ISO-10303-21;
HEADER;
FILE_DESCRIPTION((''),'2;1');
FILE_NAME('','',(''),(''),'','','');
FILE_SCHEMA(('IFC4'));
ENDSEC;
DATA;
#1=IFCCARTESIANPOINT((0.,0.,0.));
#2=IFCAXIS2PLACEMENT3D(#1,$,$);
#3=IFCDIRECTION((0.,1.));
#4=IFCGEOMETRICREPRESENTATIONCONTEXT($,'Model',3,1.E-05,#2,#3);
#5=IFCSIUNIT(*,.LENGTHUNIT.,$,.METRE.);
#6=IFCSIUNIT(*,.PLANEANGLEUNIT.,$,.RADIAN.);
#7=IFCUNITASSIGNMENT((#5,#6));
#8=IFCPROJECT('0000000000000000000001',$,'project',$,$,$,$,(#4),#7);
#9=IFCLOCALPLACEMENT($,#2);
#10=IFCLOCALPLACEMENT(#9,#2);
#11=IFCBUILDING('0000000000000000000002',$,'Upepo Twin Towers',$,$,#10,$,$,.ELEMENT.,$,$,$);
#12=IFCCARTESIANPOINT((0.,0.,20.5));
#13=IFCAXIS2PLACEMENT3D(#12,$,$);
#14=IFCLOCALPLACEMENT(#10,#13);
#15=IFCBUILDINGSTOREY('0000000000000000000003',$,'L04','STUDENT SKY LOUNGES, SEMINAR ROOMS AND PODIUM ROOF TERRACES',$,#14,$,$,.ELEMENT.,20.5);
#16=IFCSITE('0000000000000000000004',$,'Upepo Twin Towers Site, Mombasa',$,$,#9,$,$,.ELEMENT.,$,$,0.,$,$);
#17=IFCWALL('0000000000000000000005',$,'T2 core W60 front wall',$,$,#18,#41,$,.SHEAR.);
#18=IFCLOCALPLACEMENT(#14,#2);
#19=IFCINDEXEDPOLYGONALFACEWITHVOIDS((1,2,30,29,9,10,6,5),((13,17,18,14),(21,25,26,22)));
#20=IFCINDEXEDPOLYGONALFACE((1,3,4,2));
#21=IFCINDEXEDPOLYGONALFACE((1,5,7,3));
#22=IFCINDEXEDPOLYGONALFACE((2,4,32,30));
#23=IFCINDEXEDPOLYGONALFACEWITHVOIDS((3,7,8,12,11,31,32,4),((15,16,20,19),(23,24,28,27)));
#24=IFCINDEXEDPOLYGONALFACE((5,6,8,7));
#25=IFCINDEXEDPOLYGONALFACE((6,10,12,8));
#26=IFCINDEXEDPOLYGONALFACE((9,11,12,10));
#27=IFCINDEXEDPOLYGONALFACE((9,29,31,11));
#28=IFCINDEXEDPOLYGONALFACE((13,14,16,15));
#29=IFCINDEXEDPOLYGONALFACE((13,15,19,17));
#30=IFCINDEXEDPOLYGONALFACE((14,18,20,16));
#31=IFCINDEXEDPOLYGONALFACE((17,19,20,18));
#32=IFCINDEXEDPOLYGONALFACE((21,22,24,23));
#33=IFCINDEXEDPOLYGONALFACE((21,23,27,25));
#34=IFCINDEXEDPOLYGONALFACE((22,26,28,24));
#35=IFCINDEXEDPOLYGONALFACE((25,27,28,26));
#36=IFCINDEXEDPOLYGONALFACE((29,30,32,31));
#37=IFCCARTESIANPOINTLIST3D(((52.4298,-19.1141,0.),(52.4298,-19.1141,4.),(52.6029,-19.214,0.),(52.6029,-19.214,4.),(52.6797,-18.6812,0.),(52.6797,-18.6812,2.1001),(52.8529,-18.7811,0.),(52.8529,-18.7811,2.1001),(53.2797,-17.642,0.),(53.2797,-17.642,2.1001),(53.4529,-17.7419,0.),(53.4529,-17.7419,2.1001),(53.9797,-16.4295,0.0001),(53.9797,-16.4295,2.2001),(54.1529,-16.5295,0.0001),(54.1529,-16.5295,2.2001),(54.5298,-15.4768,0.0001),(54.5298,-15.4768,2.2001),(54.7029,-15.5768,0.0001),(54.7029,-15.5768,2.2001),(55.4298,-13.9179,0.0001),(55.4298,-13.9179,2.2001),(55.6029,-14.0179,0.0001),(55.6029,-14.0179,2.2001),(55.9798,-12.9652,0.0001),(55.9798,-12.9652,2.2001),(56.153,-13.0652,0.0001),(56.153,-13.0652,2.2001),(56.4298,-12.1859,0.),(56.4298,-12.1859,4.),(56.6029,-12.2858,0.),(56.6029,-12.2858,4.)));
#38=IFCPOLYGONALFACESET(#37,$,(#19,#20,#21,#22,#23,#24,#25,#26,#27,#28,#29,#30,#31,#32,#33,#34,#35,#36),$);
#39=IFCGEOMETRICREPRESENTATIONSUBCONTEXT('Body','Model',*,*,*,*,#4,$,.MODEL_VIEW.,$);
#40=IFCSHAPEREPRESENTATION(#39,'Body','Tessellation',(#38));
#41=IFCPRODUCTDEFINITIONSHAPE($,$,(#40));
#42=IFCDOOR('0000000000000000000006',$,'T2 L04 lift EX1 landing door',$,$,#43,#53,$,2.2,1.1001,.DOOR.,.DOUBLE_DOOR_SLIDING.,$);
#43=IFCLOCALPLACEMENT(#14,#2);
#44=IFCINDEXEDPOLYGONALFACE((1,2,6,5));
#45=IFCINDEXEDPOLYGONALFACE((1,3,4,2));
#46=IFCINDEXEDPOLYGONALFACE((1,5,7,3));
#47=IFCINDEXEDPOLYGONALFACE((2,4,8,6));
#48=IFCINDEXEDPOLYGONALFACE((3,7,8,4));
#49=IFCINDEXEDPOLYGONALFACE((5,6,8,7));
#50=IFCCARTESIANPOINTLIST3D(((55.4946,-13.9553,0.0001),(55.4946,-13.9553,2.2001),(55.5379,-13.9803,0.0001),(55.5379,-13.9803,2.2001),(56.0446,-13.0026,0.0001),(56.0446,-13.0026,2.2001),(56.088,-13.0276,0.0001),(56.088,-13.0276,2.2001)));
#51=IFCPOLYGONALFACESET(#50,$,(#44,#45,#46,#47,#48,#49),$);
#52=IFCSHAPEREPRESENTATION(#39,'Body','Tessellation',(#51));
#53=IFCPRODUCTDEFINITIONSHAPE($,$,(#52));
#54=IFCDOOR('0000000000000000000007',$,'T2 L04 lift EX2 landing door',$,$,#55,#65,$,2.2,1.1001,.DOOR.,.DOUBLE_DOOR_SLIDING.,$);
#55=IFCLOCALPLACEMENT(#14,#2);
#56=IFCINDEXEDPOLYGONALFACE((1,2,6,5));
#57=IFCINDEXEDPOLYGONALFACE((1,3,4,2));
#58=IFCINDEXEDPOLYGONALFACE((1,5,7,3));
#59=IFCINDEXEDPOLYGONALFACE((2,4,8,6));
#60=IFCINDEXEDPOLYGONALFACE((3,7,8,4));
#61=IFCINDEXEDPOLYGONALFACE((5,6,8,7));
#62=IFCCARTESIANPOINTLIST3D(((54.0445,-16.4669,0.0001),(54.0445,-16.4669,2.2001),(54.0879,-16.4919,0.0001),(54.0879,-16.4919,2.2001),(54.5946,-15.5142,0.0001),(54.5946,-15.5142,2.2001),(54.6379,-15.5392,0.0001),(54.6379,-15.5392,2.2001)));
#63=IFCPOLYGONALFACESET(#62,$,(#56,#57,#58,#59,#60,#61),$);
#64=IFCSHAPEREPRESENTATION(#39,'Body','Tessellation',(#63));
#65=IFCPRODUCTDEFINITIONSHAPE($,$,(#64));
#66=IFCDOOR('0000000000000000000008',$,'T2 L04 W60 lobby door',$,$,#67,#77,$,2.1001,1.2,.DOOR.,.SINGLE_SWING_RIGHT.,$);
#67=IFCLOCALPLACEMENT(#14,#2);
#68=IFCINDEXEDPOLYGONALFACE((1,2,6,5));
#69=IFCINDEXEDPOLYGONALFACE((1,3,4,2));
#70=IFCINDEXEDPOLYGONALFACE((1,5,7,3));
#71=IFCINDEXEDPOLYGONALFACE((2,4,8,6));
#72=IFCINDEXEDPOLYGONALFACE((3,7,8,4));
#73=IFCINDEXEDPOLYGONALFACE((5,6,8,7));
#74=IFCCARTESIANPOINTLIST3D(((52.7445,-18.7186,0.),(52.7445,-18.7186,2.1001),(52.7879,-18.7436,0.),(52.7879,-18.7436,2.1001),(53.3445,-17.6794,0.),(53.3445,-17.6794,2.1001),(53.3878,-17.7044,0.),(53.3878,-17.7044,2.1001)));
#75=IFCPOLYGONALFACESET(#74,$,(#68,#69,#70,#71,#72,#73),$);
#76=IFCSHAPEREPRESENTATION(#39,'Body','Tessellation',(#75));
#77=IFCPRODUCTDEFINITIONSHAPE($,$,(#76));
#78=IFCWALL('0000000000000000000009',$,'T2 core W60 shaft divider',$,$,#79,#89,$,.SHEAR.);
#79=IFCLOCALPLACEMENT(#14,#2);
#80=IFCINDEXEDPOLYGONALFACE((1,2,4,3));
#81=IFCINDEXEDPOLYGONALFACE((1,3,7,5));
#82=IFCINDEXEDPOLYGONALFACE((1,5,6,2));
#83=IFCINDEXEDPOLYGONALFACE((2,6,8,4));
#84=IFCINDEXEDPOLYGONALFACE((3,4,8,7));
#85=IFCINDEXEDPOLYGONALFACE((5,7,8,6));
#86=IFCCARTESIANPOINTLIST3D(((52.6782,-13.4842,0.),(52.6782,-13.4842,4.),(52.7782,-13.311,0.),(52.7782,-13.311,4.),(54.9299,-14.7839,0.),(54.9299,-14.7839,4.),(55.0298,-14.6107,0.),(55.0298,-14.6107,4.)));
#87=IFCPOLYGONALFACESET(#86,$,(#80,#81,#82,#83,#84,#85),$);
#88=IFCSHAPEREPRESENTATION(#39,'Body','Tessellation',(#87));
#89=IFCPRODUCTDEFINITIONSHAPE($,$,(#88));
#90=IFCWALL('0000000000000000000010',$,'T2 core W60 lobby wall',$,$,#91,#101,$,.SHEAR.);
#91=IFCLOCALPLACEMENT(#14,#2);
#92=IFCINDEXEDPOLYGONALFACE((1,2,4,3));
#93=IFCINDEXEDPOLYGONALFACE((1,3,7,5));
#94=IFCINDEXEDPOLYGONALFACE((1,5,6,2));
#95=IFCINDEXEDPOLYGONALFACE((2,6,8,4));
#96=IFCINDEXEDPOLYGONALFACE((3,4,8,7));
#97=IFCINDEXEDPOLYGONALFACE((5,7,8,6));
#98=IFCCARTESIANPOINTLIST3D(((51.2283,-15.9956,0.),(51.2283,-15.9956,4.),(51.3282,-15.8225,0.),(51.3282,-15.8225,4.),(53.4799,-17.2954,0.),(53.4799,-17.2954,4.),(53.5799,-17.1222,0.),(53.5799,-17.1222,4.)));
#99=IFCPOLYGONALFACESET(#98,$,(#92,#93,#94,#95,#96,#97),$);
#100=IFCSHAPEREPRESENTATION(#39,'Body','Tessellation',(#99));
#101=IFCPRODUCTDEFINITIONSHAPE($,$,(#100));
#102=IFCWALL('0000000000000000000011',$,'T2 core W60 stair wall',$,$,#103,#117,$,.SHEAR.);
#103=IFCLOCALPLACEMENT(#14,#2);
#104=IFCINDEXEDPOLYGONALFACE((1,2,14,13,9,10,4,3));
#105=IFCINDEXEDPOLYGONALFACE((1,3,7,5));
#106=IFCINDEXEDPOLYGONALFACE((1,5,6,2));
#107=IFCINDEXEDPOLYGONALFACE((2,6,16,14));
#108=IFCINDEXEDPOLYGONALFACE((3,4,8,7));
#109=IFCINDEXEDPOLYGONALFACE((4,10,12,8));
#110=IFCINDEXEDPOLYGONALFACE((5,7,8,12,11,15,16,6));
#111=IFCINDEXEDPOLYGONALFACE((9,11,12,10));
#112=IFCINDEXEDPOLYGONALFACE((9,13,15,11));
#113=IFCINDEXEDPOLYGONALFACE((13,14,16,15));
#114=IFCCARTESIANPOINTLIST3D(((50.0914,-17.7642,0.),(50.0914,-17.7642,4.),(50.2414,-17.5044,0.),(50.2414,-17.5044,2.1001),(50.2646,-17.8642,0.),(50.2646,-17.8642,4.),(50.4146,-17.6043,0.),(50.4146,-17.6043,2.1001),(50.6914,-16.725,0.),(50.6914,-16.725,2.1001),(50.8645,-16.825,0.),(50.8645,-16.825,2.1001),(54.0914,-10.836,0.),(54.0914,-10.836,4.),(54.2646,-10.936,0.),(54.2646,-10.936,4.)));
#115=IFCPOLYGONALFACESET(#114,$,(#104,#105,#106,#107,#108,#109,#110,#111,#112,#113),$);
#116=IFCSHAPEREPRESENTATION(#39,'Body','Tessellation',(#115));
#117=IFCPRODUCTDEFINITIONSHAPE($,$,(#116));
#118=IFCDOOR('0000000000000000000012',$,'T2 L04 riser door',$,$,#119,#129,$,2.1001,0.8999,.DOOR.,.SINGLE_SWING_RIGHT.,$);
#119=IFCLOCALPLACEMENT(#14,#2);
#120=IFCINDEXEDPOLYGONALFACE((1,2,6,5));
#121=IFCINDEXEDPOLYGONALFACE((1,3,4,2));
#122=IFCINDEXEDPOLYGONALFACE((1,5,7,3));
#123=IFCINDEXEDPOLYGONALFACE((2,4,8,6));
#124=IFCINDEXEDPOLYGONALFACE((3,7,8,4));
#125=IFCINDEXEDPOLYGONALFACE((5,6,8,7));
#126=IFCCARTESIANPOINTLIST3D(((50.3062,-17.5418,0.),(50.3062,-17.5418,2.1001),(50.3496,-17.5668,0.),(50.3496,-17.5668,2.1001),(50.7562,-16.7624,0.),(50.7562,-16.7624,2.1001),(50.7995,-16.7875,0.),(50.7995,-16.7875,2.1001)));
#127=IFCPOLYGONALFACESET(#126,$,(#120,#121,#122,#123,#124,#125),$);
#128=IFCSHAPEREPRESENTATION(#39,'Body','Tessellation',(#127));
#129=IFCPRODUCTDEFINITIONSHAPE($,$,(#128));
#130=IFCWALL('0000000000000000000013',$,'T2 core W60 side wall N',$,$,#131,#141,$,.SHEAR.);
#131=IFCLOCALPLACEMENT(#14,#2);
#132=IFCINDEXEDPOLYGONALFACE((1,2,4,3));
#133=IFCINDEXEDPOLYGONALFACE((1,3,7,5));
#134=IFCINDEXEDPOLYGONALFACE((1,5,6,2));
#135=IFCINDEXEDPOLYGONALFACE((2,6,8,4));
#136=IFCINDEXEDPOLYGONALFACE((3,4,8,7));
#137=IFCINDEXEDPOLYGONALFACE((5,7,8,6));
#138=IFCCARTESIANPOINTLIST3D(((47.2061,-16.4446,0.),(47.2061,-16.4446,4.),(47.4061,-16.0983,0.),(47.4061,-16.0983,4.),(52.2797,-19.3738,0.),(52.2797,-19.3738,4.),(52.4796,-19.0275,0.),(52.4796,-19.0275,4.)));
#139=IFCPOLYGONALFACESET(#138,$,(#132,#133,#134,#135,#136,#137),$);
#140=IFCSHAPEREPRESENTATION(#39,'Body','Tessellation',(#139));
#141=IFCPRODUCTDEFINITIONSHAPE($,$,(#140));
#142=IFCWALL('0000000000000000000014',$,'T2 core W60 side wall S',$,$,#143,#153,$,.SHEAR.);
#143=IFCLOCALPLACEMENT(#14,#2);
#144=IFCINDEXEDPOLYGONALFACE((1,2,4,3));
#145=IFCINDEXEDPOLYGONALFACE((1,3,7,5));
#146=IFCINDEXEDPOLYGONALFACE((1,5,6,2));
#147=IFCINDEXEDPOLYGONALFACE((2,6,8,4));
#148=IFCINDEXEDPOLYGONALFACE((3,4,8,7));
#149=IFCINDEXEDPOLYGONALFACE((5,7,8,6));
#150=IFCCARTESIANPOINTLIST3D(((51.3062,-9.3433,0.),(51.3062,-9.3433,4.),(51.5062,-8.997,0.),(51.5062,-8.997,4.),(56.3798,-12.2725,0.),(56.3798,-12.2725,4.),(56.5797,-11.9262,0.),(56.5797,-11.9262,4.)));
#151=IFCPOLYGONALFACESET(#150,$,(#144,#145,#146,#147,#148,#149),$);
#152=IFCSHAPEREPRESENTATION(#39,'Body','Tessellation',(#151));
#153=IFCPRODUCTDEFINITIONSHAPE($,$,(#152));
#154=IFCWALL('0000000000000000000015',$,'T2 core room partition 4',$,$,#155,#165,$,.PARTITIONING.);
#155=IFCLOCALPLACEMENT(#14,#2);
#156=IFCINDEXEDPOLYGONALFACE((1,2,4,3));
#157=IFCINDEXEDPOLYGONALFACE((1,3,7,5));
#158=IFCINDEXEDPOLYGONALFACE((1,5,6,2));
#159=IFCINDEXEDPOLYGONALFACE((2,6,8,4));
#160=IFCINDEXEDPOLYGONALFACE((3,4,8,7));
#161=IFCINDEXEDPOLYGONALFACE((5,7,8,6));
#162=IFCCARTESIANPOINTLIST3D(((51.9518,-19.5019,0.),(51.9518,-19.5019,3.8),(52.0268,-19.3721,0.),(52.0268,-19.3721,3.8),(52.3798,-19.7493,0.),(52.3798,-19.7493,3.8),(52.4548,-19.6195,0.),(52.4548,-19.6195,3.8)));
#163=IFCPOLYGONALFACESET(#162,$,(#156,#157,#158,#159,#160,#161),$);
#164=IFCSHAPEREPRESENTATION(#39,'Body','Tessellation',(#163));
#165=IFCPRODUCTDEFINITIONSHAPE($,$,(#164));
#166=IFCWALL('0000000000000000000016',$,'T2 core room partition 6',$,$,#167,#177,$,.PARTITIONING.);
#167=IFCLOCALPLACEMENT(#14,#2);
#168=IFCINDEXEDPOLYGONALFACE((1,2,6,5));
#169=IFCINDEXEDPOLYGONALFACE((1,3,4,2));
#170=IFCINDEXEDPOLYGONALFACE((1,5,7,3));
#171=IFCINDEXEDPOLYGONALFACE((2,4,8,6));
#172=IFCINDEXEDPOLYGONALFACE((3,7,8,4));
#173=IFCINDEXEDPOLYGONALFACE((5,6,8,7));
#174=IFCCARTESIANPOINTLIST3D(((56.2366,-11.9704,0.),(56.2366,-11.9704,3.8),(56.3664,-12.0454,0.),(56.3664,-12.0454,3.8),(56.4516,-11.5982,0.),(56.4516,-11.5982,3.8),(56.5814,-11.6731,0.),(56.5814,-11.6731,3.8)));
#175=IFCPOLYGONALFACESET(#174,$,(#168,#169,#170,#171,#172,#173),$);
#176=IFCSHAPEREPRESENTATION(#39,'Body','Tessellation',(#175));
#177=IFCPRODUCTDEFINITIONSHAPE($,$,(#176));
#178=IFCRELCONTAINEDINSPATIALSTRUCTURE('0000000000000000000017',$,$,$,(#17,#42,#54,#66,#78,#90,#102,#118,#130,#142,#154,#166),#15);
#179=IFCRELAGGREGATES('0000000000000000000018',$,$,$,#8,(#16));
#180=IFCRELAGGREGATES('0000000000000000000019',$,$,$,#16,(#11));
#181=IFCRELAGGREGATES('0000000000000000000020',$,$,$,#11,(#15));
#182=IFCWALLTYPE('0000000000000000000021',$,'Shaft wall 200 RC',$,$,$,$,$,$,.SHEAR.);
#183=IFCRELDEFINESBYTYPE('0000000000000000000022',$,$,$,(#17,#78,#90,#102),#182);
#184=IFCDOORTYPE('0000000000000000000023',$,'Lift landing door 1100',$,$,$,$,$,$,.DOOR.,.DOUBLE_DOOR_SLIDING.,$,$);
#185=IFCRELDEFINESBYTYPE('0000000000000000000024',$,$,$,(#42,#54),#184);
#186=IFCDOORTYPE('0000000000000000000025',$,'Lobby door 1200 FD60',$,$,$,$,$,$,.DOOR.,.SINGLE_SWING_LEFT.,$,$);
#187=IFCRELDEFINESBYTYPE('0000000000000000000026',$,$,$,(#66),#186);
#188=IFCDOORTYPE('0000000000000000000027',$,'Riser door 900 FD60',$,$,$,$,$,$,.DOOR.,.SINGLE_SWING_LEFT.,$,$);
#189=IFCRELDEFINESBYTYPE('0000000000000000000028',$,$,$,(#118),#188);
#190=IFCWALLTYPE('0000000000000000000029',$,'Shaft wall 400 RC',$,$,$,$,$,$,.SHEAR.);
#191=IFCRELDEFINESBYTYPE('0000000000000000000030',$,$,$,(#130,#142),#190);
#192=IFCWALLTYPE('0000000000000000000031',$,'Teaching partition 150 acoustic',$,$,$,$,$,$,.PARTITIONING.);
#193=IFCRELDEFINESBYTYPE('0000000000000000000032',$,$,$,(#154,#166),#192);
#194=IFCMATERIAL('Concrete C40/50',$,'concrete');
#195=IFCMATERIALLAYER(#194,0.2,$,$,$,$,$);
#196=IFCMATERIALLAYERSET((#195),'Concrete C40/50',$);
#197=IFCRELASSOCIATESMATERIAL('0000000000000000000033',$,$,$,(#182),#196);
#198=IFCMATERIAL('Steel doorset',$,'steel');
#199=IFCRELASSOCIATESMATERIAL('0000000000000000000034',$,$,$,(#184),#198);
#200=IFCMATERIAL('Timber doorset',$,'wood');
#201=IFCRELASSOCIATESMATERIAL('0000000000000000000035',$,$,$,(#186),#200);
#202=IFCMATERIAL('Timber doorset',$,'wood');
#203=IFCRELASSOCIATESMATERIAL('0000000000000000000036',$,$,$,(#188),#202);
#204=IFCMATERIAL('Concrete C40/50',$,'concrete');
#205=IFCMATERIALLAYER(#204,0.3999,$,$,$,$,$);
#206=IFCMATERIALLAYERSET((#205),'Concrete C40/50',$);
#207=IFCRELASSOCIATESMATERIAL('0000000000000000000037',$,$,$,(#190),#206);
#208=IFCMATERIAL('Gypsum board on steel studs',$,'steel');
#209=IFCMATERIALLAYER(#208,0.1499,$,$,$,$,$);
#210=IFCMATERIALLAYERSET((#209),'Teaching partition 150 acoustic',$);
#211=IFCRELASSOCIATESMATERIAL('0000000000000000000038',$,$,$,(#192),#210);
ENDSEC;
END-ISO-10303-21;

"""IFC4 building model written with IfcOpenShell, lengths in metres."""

from ifc_helpers import new_model, si_unit, direction, frame, frame_2d, origin, place, context, subcontext, project, spatial, rectangle, extrude, material, layer, layer_set, type_object, element, fill, save


model = new_model("IFC4")

# Units and contexts
model_context = context("Model", 3, precision=1e-05, world=origin(), true_north=direction((0.0, 1.0)))
body_context = subcontext(model_context, "Body", "Model", "MODEL_VIEW")
ifc_project = project(units=[si_unit("LENGTHUNIT", "METRE"), si_unit("PLANEANGLEUNIT", "RADIAN")], contexts=[model_context])

# Site, building, storey
site_placement = place(None, origin())
site = spatial("IfcSite", under=ifc_project, at=site_placement, Name="Upepo Twin Towers Site, Mombasa", CompositionType="ELEMENT", RefElevation=0.0)
building_placement = place(site_placement, origin())
building = spatial("IfcBuilding", under=site, at=building_placement, Name="Upepo Twin Towers", CompositionType="ELEMENT")
storey_placement = place(building_placement, frame((0.0, 0.0, 20.5)))
storey = spatial("IfcBuildingStorey", under=building, at=storey_placement, Name="L04", Description="STUDENT SKY LOUNGES, SEMINAR ROOMS AND PODIUM ROOF TERRACES", CompositionType="ELEMENT", Elevation=20.5)

# Wall, openings, doors
ifc_material_1 = material(Name="Concrete C40/50", Category="concrete")
ifc_layer_1 = layer(ifc_material_1, 0.2)
ifc_layer_set_1 = layer_set([ifc_layer_1], Name="Concrete C40/50")
wall_type_1 = type_object("IfcWallType", Name="Shaft wall 200 RC", PredefinedType="SHEAR", material=ifc_layer_set_1)
wall_1_placement = place(storey_placement, frame((56.5164, -12.2358, 0.0), z_axis=(0.0, 0.0, 1.0), x_axis=(-0.499999, -0.866026, 0.0)))
wall_1 = element("IfcWall", 1, at=wall_1_placement, inside=storey, type_object=wall_type_1, Name="T2 core W60 front wall", PredefinedType="SHEAR", context=body_context, shape_type="SweptSolid", body=[
    extrude(rectangle(XDim=8.0, YDim=0.2, at=frame_2d((4.0, 0.0))), origin(), (0.0, 0.0, 1.0), 4.0),
])
opening_1_placement = place(wall_1_placement, frame((6.3, 0.0, 0.0)))
opening_1 = element("IfcOpeningElement", 2, at=opening_1_placement, cuts=wall_1, PredefinedType="OPENING", context=body_context, shape_type="SweptSolid", body=[
    extrude(rectangle(XDim=1.2, YDim=2.1001, at=frame_2d((0.6001, 1.05))), frame((0.0, 0.1099, 0.0), z_axis=(0.0, -1.0, 0.0), x_axis=(1.0, 0.0, 0.0)), (0.0, 0.0, 1.0), 0.22),
])
opening_2_placement = place(wall_1_placement, frame((0.8999, 0.0, 0.0)))
opening_2 = element("IfcOpeningElement", 3, at=opening_2_placement, cuts=wall_1, PredefinedType="OPENING", context=body_context, shape_type="SweptSolid", body=[
    extrude(rectangle(XDim=1.1001, YDim=2.2, at=frame_2d((0.55, 1.1001))), frame((0.0, 0.1099, 0.0), z_axis=(0.0, -1.0, 0.0), x_axis=(1.0, 0.0, 0.0)), (0.0, 0.0, 1.0), 0.22),
])
opening_3_placement = place(wall_1_placement, frame((3.8, 0.0, 0.0)))
opening_3 = element("IfcOpeningElement", 4, at=opening_3_placement, cuts=wall_1, PredefinedType="OPENING", context=body_context, shape_type="SweptSolid", body=[
    extrude(rectangle(XDim=1.1001, YDim=2.2, at=frame_2d((0.55, 1.1001))), frame((0.0, 0.1099, 0.0), z_axis=(0.0, -1.0, 0.0), x_axis=(1.0, 0.0, 0.0)), (0.0, 0.0, 1.0), 0.22),
])
ifc_material_2 = material(Name="Steel doorset", Category="steel")
door_type_1 = type_object("IfcDoorType", Name="Lift landing door 1100", OperationType="DOUBLE_DOOR_SLIDING", PredefinedType="DOOR", material=ifc_material_2)
door_1_placement = place(opening_2_placement, origin())
door_1 = element("IfcDoor", 5, at=door_1_placement, inside=storey, type_object=door_type_1, Name="T2 L04 lift EX1 landing door", OperationType="DOUBLE_DOOR_SLIDING", OverallHeight=2.2, OverallWidth=1.1001, PredefinedType="DOOR", context=body_context, shape_type="SweptSolid", body=[
    extrude(rectangle(XDim=1.1001, YDim=2.2, at=frame_2d((0.55, 1.1001))), frame((0.0, 0.0249, 0.0), z_axis=(0.0, -1.0, 0.0), x_axis=(1.0, 0.0, 0.0)), (0.0, 0.0, 1.0), 0.05),
])
fill(opening_2, door_1)
door_2_placement = place(opening_3_placement, origin())
door_2 = element("IfcDoor", 6, at=door_2_placement, inside=storey, type_object=door_type_1, Name="T2 L04 lift EX2 landing door", OperationType="DOUBLE_DOOR_SLIDING", OverallHeight=2.2, OverallWidth=1.1001, PredefinedType="DOOR", context=body_context, shape_type="SweptSolid", body=[
    extrude(rectangle(XDim=1.1001, YDim=2.2, at=frame_2d((0.55, 1.1001))), frame((0.0, 0.0249, 0.0), z_axis=(0.0, -1.0, 0.0), x_axis=(1.0, 0.0, 0.0)), (0.0, 0.0, 1.0), 0.05),
])
fill(opening_3, door_2)
ifc_material_3 = material(Name="Timber doorset", Category="wood")
door_type_2 = type_object("IfcDoorType", Name="Lobby door 1200 FD60", OperationType="SINGLE_SWING_LEFT", PredefinedType="DOOR", material=ifc_material_3)
door_3_placement = place(opening_1_placement, origin())
door_3 = element("IfcDoor", 7, at=door_3_placement, inside=storey, type_object=door_type_2, Name="T2 L04 W60 lobby door", OperationType="SINGLE_SWING_RIGHT", OverallHeight=2.1001, OverallWidth=1.2, PredefinedType="DOOR", context=body_context, shape_type="SweptSolid", body=[
    extrude(rectangle(XDim=1.2, YDim=2.1001, at=frame_2d((0.6001, 1.05))), frame((0.0, 0.0249, 0.0), z_axis=(0.0, -1.0, 0.0), x_axis=(1.0, 0.0, 0.0)), (0.0, 0.0, 1.0), 0.05),
])
fill(opening_1, door_3)

# Walls
for number, where, z_axis, x_axis, name in (
    (8, (54.9797, -14.6973, 0.0), (0.0, 0.0, 1.0), (-0.866062, 0.499937, 0.0), "T2 core W60 shaft divider"),
    (9, (53.5298, -17.2087, 0.0), (0.0, 0.0, 1.0), (-0.866062, 0.499937, 0.0), "T2 core W60 lobby wall"),
):
    element("IfcWall", number, at=place(storey_placement, frame(where, z_axis=z_axis, x_axis=x_axis)), inside=storey, type_object=wall_type_1, Name=name, PredefinedType="SHEAR", context=body_context, shape_type="SweptSolid", body=[
        extrude(rectangle(XDim=2.5999, YDim=0.2, at=frame_2d((1.2998, 0.0))), origin(), (0.0, 0.0, 1.0), 4.0),
    ])

# Wall, opening, door
wall_2_placement = place(storey_placement, frame((54.178, -10.886, 0.0), z_axis=(0.0, 0.0, 1.0), x_axis=(-0.499999, -0.866026, 0.0)))
wall_2 = element("IfcWall", 10, at=wall_2_placement, inside=storey, type_object=wall_type_1, Name="T2 core W60 stair wall", PredefinedType="SHEAR", context=body_context, shape_type="SweptSolid", body=[
    extrude(rectangle(XDim=8.0, YDim=0.2, at=frame_2d((4.0, 0.0))), origin(), (0.0, 0.0, 1.0), 4.0),
])
opening_4_placement = place(wall_2_placement, frame((6.8, 0.0, 0.0)))
opening_4 = element("IfcOpeningElement", 11, at=opening_4_placement, cuts=wall_2, PredefinedType="OPENING", context=body_context, shape_type="SweptSolid", body=[
    extrude(rectangle(XDim=0.8999, YDim=2.1001, at=frame_2d((0.45, 1.05))), frame((0.0, 0.1099, 0.0), z_axis=(0.0, -1.0, 0.0), x_axis=(1.0, 0.0, 0.0)), (0.0, 0.0, 1.0), 0.22),
])
ifc_material_4 = material(Name="Timber doorset", Category="wood")
door_type_3 = type_object("IfcDoorType", Name="Riser door 900 FD60", OperationType="SINGLE_SWING_LEFT", PredefinedType="DOOR", material=ifc_material_4)
door_4_placement = place(opening_4_placement, origin())
door_4 = element("IfcDoor", 12, at=door_4_placement, inside=storey, type_object=door_type_3, Name="T2 L04 riser door", OperationType="SINGLE_SWING_RIGHT", OverallHeight=2.1001, OverallWidth=0.8999, PredefinedType="DOOR", context=body_context, shape_type="SweptSolid", body=[
    extrude(rectangle(XDim=0.8999, YDim=2.1001, at=frame_2d((0.45, 1.05))), frame((0.0, 0.0249, 0.0), z_axis=(0.0, -1.0, 0.0), x_axis=(1.0, 0.0, 0.0)), (0.0, 0.0, 1.0), 0.05),
])
fill(opening_4, door_4)

# Walls
ifc_material_5 = material(Name="Concrete C40/50", Category="concrete")
ifc_layer_2 = layer(ifc_material_5, 0.3999)
ifc_layer_set_2 = layer_set([ifc_layer_2], Name="Concrete C40/50")
wall_type_2 = type_object("IfcWallType", Name="Shaft wall 400 RC", PredefinedType="SHEAR", material=ifc_layer_set_2)
for number, where, z_axis, x_axis, name in (
    (13, (52.3796, -19.2007, 0.0), (0.0, 0.0, 1.0), (-0.866024, 0.500003, 0.0), "T2 core W60 side wall N"),
    (14, (56.4797, -12.0994, 0.0), (0.0, 0.0, 1.0), (-0.866024, 0.500003, 0.0), "T2 core W60 side wall S"),
):
    element("IfcWall", number, at=place(storey_placement, frame(where, z_axis=z_axis, x_axis=x_axis)), inside=storey, type_object=wall_type_2, Name=name, PredefinedType="SHEAR", context=body_context, shape_type="SweptSolid", body=[
        extrude(rectangle(XDim=5.8584, YDim=0.3999, at=frame_2d((2.9292, 0.0))), origin(), (0.0, 0.0, 1.0), 4.0),
    ])
ifc_material_6 = material(Name="Gypsum board on steel studs", Category="steel")
ifc_layer_3 = layer(ifc_material_6, 0.1499)
ifc_layer_set_3 = layer_set([ifc_layer_3], Name="Teaching partition 150 acoustic")
wall_type_3 = type_object("IfcWallType", Name="Teaching partition 150 acoustic", PredefinedType="PARTITIONING", material=ifc_layer_set_3)
wall_3_placement = place(storey_placement, frame((52.4172, -19.6843, 0.0), z_axis=(0.0, 0.0, 1.0), x_axis=(-0.865832, 0.500335, 0.0)))
element("IfcWall", 15, at=wall_3_placement, inside=storey, type_object=wall_type_3, Name="T2 core room partition 4", PredefinedType="PARTITIONING", context=body_context, shape_type="SweptSolid", body=[
    extrude(rectangle(XDim=0.4944, YDim=0.1499, at=frame_2d((0.2471, 0.0))), origin(), (0.0, 0.0, 1.0), 3.8),
])
wall_4_placement = place(storey_placement, frame((56.3015, -12.0078, 0.0), z_axis=(0.0, 0.0, 1.0), x_axis=(0.50023, 0.865892, 0.0)))
element("IfcWall", 16, at=wall_4_placement, inside=storey, type_object=wall_type_3, Name="T2 core room partition 6", PredefinedType="PARTITIONING", context=body_context, shape_type="SweptSolid", body=[
    extrude(rectangle(XDim=0.4299, YDim=0.1499, at=frame_2d((0.2148, 0.0))), origin(), (0.0, 0.0, 1.0), 3.8),
])

save(model, "model.ifc")
